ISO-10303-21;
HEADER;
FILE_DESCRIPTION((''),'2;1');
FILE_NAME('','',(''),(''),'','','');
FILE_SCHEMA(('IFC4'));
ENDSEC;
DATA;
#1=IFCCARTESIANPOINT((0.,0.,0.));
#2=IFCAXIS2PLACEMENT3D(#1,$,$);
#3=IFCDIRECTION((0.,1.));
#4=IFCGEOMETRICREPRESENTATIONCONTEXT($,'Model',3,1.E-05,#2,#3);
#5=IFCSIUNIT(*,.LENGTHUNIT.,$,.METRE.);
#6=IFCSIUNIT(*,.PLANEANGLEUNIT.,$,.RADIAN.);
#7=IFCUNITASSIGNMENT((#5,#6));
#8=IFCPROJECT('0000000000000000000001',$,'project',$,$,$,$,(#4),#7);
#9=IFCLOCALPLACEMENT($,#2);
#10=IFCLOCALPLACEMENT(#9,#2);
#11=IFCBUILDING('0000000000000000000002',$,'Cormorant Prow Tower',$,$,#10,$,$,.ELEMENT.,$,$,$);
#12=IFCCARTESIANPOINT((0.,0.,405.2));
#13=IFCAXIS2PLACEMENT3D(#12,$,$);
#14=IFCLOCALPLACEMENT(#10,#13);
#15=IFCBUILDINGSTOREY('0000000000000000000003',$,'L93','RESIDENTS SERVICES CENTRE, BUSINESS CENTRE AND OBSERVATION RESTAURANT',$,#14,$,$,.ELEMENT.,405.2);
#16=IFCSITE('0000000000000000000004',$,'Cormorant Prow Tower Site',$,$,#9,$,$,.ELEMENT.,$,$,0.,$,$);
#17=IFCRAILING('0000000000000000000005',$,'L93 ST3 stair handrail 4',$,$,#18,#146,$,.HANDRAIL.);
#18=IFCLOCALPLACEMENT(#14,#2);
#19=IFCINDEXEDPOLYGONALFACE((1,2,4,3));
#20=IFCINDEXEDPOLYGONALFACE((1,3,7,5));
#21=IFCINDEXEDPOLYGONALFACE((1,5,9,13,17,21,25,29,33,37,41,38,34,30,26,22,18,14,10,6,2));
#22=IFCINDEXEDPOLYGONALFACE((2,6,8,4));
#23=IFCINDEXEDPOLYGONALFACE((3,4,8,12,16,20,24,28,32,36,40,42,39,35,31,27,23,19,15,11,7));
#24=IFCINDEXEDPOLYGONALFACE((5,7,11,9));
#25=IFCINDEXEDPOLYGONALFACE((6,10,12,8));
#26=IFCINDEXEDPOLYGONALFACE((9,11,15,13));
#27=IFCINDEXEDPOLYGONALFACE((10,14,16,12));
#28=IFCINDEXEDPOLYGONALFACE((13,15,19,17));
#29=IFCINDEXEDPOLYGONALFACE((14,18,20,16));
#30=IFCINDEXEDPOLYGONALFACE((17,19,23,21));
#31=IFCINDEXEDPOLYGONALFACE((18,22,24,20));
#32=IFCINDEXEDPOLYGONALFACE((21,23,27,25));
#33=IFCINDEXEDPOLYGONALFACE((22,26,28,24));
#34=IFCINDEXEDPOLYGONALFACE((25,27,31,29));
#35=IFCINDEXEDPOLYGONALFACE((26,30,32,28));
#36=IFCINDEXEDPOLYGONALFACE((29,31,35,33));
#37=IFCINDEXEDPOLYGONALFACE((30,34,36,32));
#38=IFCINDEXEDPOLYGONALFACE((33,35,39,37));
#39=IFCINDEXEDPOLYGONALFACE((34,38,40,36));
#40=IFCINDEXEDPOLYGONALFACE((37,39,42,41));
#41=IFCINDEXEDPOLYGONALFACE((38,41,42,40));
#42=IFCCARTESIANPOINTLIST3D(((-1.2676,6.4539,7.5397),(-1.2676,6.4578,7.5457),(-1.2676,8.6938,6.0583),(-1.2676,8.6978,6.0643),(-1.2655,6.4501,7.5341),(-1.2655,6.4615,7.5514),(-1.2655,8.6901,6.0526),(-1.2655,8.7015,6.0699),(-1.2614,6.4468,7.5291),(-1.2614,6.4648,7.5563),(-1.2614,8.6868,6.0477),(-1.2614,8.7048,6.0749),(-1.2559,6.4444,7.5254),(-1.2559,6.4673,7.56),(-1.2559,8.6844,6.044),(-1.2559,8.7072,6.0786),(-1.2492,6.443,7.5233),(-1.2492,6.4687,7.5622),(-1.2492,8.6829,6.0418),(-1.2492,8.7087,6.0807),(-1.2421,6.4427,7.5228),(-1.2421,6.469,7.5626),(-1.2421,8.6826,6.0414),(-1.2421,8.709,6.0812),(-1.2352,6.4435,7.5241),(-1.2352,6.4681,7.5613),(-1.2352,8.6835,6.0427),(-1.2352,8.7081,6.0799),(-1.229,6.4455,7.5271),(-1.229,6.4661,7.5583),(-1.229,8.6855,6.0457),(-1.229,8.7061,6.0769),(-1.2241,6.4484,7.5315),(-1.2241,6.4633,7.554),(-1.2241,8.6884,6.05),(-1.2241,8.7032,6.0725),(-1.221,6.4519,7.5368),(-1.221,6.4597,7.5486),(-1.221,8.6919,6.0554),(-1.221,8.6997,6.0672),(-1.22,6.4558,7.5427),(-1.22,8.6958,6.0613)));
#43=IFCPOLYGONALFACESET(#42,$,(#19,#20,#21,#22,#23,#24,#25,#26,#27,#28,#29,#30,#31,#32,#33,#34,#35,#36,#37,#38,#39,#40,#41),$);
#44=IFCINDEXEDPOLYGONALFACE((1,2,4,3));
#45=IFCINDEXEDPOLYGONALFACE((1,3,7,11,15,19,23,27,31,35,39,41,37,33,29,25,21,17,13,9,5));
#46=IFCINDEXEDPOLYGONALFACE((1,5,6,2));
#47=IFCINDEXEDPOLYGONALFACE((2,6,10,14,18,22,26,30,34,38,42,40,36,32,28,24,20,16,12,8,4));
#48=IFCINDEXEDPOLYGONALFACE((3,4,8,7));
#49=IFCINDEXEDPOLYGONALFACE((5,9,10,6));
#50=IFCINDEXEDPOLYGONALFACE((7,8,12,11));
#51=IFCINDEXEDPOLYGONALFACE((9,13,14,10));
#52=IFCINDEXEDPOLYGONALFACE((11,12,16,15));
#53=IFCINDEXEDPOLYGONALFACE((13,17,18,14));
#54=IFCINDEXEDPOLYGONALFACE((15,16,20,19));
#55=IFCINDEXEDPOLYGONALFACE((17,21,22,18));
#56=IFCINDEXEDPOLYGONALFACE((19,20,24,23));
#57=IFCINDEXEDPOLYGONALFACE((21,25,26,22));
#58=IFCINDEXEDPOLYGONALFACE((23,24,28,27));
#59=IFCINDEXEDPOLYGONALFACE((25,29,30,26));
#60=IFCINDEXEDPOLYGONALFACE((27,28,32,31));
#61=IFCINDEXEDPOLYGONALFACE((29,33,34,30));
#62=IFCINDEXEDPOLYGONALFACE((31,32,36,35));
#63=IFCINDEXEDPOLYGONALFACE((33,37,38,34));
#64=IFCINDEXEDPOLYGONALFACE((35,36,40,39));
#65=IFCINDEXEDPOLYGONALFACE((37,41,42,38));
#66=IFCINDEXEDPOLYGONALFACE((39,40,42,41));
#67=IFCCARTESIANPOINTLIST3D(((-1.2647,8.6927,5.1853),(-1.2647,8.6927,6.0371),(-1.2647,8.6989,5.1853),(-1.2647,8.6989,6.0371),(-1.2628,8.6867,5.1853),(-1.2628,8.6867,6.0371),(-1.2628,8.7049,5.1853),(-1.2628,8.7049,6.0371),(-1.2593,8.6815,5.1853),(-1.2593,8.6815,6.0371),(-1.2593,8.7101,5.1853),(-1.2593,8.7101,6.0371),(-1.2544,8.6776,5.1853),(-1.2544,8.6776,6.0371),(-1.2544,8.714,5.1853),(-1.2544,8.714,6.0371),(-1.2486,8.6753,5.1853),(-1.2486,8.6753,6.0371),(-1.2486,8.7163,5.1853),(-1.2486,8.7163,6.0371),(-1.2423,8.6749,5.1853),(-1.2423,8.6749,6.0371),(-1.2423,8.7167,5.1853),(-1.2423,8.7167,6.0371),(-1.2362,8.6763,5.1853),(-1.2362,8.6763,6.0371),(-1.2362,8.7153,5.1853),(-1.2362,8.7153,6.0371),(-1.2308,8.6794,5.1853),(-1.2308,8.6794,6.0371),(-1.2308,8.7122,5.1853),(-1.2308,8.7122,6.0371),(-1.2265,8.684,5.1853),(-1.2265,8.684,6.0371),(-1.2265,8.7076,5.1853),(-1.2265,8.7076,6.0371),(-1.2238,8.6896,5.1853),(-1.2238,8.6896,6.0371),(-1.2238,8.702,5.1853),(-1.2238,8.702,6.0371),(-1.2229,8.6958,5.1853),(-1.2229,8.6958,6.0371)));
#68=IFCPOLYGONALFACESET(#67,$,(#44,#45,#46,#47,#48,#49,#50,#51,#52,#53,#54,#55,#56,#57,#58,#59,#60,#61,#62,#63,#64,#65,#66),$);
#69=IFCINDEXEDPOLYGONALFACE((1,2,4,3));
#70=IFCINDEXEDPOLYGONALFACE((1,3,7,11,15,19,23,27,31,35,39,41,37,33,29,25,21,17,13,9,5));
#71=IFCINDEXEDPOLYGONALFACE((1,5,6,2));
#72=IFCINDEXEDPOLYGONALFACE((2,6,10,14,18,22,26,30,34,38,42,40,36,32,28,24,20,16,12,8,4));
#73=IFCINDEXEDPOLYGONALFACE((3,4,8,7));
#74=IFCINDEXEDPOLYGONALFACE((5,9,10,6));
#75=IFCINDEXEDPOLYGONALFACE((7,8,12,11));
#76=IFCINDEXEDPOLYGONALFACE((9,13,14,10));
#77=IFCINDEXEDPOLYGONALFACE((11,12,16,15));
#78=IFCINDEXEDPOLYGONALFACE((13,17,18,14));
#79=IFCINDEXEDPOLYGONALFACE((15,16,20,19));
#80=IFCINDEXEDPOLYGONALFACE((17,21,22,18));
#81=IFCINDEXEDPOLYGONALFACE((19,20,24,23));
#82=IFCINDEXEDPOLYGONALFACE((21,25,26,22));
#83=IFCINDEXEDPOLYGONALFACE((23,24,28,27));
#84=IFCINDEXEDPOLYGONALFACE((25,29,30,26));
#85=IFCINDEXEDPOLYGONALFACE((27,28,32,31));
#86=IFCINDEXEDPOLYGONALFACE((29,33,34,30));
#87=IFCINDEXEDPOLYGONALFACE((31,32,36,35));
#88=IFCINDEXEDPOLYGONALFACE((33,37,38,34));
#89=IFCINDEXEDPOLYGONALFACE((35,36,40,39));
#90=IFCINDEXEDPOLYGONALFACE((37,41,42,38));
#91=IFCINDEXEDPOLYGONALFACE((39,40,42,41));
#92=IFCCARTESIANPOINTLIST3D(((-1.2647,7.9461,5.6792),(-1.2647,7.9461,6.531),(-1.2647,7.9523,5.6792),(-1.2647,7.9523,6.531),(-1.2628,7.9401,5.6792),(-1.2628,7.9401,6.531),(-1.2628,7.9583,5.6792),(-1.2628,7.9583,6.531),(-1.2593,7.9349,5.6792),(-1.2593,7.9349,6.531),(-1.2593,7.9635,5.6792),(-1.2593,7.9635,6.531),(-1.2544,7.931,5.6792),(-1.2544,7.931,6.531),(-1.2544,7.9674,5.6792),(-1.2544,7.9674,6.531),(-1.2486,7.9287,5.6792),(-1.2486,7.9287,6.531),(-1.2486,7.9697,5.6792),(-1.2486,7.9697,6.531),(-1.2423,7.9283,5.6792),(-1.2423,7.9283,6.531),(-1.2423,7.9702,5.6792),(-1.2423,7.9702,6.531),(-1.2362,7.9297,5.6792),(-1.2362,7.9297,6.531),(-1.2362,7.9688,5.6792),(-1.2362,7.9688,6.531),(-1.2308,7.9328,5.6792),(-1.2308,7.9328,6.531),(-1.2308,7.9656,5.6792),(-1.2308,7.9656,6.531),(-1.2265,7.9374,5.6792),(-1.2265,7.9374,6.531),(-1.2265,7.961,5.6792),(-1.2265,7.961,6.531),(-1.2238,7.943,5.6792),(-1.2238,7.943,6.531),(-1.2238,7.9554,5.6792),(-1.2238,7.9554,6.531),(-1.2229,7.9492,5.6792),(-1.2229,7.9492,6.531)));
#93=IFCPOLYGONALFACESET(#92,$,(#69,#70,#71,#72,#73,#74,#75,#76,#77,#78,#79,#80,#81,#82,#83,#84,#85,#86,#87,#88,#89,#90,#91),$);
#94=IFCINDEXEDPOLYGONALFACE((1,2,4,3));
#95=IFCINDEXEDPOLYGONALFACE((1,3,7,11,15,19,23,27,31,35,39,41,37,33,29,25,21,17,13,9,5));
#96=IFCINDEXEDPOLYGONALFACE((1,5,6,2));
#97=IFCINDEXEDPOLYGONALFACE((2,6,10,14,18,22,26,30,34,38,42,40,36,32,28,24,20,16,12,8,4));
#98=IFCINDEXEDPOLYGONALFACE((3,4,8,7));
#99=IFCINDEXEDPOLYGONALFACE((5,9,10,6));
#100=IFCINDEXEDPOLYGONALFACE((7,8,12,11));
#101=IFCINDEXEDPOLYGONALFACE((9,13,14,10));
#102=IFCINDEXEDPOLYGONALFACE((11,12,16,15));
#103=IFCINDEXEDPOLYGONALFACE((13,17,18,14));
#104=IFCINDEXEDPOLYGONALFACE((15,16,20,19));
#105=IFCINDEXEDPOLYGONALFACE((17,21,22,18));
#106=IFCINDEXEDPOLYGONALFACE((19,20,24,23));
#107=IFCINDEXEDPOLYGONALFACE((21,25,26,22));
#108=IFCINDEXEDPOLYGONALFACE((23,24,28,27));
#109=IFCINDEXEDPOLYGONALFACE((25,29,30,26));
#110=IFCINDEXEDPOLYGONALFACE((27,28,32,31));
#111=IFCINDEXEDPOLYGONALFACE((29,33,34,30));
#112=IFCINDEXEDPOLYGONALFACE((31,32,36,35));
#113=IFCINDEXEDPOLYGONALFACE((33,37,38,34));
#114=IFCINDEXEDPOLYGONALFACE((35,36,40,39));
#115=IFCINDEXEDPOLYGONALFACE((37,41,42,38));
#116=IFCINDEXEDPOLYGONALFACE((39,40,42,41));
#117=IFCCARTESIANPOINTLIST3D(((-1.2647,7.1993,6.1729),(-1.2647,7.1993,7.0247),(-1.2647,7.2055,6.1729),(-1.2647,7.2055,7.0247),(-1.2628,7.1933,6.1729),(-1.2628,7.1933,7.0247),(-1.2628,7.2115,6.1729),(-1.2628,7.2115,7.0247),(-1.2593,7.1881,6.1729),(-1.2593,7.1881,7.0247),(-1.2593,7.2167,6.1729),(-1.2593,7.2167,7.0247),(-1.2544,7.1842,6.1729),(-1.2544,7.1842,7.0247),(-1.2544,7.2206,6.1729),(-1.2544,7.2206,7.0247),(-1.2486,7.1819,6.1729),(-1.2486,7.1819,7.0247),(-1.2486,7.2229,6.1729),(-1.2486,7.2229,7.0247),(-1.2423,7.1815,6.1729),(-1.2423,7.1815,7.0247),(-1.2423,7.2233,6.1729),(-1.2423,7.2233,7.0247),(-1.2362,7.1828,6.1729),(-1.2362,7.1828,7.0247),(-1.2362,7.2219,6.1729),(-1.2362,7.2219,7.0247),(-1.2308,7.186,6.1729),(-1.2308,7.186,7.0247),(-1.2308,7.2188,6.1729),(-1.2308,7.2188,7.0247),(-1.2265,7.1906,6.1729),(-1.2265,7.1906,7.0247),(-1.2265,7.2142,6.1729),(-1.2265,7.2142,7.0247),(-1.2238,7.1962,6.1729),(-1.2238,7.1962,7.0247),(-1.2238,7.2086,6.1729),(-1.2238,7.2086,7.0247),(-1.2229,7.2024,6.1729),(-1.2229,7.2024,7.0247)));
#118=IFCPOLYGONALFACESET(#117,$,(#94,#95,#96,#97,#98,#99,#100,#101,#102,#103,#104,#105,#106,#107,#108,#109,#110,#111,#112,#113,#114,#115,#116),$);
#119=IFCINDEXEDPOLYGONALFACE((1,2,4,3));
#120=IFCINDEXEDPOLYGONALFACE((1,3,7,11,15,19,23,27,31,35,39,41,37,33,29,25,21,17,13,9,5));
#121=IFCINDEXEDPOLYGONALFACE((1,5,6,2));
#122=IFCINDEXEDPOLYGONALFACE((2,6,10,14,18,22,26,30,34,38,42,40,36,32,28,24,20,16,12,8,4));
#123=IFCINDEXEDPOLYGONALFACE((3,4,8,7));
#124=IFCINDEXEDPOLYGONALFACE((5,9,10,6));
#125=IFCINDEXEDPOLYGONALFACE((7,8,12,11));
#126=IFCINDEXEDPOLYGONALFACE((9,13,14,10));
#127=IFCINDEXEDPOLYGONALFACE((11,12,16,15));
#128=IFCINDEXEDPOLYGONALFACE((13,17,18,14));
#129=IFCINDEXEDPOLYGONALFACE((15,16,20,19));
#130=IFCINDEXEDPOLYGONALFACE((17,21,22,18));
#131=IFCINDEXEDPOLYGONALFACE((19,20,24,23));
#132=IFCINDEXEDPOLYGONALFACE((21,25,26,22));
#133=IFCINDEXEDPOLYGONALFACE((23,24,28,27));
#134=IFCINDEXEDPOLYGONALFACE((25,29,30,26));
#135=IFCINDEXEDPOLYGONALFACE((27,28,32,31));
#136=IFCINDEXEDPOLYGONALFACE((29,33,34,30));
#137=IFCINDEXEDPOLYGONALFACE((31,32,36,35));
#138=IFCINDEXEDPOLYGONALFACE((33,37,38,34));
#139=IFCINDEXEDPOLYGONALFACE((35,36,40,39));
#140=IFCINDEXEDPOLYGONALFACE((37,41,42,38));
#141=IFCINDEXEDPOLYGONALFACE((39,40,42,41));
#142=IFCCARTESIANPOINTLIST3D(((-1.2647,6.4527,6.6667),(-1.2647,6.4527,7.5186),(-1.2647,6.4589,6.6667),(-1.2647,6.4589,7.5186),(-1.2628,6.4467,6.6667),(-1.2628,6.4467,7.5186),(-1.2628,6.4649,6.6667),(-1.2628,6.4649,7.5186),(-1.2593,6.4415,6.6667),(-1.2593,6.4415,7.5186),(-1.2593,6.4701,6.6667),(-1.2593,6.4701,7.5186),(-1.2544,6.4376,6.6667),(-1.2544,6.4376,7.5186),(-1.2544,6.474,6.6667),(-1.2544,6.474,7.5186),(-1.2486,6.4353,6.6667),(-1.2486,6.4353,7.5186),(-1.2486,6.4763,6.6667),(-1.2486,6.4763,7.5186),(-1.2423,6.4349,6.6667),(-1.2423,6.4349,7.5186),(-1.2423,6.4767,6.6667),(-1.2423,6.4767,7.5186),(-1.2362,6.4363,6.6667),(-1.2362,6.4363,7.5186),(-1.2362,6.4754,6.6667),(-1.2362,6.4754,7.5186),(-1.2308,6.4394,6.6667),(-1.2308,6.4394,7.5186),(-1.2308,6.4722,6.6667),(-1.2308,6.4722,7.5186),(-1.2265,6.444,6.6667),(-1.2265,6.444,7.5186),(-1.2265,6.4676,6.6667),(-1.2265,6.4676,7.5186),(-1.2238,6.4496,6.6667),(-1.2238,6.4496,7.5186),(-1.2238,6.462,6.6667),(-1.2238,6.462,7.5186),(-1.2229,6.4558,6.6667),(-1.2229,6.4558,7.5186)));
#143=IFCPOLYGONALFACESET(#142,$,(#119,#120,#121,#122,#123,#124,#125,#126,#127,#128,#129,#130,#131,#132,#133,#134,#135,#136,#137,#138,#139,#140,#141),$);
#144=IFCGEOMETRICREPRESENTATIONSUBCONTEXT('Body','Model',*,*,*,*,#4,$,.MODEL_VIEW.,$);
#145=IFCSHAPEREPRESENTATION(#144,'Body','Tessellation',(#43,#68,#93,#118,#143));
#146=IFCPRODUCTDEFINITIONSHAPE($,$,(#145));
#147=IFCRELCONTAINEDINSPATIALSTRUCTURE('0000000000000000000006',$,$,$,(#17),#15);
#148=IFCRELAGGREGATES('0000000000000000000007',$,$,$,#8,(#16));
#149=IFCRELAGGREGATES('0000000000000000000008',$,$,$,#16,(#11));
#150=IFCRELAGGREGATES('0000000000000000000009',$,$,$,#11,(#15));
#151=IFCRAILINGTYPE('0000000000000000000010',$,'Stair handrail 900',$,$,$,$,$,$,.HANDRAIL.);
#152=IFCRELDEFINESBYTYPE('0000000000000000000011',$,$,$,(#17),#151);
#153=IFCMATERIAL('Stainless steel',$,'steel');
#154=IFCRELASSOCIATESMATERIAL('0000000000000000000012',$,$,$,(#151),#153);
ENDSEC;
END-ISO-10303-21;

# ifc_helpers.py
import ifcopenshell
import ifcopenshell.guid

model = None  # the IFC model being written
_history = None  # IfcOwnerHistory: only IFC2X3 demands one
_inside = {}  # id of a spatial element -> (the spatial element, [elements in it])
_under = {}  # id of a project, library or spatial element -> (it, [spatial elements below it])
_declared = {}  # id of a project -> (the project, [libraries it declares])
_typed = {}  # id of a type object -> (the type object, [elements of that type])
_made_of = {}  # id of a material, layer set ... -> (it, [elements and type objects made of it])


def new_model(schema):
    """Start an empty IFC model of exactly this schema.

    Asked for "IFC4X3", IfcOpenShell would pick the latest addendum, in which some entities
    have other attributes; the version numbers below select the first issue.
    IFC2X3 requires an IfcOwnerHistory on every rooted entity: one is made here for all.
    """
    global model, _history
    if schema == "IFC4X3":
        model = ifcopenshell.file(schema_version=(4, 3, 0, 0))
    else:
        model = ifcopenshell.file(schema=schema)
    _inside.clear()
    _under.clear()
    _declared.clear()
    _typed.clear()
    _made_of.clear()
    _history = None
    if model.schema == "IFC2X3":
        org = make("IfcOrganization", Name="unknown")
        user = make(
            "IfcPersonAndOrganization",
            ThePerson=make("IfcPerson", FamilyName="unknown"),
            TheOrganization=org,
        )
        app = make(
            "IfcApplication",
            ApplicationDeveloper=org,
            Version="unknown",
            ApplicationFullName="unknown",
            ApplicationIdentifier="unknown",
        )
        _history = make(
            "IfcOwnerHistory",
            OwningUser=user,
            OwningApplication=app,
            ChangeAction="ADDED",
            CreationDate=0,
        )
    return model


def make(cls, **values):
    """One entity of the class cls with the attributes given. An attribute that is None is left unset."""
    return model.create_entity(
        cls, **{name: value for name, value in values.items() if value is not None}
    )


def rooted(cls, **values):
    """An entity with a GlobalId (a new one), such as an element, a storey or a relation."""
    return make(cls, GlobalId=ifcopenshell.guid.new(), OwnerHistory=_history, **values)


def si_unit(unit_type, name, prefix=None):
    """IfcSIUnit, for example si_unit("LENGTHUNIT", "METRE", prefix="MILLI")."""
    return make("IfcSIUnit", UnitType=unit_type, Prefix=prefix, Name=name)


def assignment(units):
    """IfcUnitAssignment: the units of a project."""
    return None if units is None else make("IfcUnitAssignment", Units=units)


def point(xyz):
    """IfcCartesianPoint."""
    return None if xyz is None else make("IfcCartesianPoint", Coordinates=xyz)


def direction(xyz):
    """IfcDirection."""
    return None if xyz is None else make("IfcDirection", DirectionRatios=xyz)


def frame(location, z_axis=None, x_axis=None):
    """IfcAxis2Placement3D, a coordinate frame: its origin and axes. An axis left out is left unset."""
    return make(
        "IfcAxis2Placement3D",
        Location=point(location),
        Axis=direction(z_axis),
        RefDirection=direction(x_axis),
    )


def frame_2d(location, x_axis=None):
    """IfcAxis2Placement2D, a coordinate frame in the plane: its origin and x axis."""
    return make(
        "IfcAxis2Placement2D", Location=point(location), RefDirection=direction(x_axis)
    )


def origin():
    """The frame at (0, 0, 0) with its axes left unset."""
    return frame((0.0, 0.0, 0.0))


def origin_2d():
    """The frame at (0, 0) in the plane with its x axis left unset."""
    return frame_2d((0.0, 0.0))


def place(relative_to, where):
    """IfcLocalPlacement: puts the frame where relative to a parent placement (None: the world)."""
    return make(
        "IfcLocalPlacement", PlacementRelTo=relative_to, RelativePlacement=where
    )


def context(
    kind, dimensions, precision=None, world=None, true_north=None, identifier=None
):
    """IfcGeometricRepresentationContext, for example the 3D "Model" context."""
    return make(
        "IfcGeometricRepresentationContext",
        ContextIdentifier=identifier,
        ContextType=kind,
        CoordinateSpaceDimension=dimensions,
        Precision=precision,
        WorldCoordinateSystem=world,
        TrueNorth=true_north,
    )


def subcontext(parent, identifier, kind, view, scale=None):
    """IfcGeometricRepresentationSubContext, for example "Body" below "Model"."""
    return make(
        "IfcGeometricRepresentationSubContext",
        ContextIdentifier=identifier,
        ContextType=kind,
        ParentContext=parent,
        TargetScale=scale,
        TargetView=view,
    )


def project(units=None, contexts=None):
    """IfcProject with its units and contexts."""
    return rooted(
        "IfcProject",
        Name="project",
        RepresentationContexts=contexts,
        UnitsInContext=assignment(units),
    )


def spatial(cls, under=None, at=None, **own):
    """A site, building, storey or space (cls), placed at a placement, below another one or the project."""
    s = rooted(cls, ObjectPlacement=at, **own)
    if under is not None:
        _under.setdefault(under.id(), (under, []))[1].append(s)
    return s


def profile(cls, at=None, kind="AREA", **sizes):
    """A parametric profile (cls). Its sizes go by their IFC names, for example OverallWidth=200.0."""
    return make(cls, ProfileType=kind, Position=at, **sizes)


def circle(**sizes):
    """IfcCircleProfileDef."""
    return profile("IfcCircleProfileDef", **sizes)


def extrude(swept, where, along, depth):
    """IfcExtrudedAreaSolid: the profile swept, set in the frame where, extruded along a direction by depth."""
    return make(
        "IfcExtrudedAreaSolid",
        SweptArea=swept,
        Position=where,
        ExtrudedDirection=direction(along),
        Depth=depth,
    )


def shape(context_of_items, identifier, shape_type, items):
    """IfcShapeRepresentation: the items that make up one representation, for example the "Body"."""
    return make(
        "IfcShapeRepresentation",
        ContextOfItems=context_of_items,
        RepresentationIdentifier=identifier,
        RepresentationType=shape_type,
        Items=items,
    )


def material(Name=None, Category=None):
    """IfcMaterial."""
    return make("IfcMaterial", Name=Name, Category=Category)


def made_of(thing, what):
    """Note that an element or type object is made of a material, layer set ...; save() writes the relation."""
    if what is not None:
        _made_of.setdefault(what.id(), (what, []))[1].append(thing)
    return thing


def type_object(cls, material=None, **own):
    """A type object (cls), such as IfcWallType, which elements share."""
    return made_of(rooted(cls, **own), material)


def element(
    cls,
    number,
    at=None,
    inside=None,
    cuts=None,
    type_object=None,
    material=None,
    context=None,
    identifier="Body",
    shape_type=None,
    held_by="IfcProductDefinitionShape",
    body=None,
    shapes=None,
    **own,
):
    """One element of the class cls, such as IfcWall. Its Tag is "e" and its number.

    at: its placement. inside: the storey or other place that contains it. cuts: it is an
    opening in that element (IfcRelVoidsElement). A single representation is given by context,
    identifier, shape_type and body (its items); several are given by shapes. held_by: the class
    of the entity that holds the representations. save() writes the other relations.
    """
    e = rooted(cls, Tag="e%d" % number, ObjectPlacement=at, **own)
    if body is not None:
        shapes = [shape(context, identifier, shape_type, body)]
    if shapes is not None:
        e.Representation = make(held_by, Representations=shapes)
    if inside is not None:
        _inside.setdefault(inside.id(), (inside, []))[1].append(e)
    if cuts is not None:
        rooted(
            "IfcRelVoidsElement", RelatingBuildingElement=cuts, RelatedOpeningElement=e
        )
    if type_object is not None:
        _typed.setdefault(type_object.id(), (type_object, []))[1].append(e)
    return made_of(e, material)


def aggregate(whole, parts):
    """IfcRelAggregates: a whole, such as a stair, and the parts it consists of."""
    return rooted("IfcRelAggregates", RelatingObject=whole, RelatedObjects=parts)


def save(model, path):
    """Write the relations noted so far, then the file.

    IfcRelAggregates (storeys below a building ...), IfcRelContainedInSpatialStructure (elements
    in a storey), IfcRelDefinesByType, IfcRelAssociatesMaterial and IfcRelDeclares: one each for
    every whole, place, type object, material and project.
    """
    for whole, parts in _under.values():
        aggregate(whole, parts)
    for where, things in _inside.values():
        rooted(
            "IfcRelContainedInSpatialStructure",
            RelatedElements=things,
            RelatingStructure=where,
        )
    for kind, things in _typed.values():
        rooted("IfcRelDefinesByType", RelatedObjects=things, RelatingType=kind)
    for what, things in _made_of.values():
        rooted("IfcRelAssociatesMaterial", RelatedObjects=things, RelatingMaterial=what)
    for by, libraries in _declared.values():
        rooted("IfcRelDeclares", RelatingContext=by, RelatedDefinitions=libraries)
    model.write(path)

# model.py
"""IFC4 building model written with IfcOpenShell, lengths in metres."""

from ifc_helpers import new_model, si_unit, direction, frame, origin, origin_2d, place, context, subcontext, project, spatial, circle, extrude, material, type_object, element, save


model = new_model("IFC4")

# Units and contexts
model_context = context("Model", 3, precision=1e-05, world=origin(), true_north=direction((0.0, 1.0)))
body_context = subcontext(model_context, "Body", "Model", "MODEL_VIEW")
ifc_project = project(units=[si_unit("LENGTHUNIT", "METRE"), si_unit("PLANEANGLEUNIT", "RADIAN")], contexts=[model_context])

# Site, building, storey
site_placement = place(None, origin())
site = spatial("IfcSite", under=ifc_project, at=site_placement, Name="Cormorant Prow Tower Site", CompositionType="ELEMENT", RefElevation=0.0)
building_placement = place(site_placement, origin())
building = spatial("IfcBuilding", under=site, at=building_placement, Name="Cormorant Prow Tower", CompositionType="ELEMENT")
storey_placement = place(building_placement, frame((0.0, 0.0, 405.2)))
storey = spatial("IfcBuildingStorey", under=building, at=storey_placement, Name="L93", Description="RESIDENTS SERVICES CENTRE, BUSINESS CENTRE AND OBSERVATION RESTAURANT", CompositionType="ELEMENT", Elevation=405.2)

# Railing
ifc_material_1 = material(Name="Stainless steel", Category="steel")
railing_type = type_object("IfcRailingType", Name="Stair handrail 900", PredefinedType="HANDRAIL", material=ifc_material_1)
for number, where, name in (
    (1, (-1.2439, 8.6958, 5.1853), "L93 ST3 stair handrail 4"),
):
    element("IfcRailing", number, at=place(storey_placement, frame(where)), inside=storey, type_object=railing_type, Name=name, PredefinedType="HANDRAIL", context=body_context, shape_type="SweptSolid", body=[
        extrude(circle(Radius=0.0239, at=origin_2d()), frame((0.0, 0.0, 0.876), z_axis=(0.0, -0.834087, 0.551634), x_axis=(1.0, 0.0, 0.0)), (0.0, 0.0, 1.0), 2.6855),
        extrude(circle(Radius=0.021, at=origin_2d()), origin(), (0.0, 0.0, 1.0), 0.8518),
        extrude(circle(Radius=0.021, at=origin_2d()), frame((0.0, -0.7466, 0.4939)), (0.0, 0.0, 1.0), 0.8518),
        extrude(circle(Radius=0.021, at=origin_2d()), frame((0.0, -1.4934, 0.9875)), (0.0, 0.0, 1.0), 0.8518),
        extrude(circle(Radius=0.021, at=origin_2d()), frame((0.0, -2.24, 1.4814)), (0.0, 0.0, 1.0), 0.8518),
    ])

save(model, "model.ifc")
